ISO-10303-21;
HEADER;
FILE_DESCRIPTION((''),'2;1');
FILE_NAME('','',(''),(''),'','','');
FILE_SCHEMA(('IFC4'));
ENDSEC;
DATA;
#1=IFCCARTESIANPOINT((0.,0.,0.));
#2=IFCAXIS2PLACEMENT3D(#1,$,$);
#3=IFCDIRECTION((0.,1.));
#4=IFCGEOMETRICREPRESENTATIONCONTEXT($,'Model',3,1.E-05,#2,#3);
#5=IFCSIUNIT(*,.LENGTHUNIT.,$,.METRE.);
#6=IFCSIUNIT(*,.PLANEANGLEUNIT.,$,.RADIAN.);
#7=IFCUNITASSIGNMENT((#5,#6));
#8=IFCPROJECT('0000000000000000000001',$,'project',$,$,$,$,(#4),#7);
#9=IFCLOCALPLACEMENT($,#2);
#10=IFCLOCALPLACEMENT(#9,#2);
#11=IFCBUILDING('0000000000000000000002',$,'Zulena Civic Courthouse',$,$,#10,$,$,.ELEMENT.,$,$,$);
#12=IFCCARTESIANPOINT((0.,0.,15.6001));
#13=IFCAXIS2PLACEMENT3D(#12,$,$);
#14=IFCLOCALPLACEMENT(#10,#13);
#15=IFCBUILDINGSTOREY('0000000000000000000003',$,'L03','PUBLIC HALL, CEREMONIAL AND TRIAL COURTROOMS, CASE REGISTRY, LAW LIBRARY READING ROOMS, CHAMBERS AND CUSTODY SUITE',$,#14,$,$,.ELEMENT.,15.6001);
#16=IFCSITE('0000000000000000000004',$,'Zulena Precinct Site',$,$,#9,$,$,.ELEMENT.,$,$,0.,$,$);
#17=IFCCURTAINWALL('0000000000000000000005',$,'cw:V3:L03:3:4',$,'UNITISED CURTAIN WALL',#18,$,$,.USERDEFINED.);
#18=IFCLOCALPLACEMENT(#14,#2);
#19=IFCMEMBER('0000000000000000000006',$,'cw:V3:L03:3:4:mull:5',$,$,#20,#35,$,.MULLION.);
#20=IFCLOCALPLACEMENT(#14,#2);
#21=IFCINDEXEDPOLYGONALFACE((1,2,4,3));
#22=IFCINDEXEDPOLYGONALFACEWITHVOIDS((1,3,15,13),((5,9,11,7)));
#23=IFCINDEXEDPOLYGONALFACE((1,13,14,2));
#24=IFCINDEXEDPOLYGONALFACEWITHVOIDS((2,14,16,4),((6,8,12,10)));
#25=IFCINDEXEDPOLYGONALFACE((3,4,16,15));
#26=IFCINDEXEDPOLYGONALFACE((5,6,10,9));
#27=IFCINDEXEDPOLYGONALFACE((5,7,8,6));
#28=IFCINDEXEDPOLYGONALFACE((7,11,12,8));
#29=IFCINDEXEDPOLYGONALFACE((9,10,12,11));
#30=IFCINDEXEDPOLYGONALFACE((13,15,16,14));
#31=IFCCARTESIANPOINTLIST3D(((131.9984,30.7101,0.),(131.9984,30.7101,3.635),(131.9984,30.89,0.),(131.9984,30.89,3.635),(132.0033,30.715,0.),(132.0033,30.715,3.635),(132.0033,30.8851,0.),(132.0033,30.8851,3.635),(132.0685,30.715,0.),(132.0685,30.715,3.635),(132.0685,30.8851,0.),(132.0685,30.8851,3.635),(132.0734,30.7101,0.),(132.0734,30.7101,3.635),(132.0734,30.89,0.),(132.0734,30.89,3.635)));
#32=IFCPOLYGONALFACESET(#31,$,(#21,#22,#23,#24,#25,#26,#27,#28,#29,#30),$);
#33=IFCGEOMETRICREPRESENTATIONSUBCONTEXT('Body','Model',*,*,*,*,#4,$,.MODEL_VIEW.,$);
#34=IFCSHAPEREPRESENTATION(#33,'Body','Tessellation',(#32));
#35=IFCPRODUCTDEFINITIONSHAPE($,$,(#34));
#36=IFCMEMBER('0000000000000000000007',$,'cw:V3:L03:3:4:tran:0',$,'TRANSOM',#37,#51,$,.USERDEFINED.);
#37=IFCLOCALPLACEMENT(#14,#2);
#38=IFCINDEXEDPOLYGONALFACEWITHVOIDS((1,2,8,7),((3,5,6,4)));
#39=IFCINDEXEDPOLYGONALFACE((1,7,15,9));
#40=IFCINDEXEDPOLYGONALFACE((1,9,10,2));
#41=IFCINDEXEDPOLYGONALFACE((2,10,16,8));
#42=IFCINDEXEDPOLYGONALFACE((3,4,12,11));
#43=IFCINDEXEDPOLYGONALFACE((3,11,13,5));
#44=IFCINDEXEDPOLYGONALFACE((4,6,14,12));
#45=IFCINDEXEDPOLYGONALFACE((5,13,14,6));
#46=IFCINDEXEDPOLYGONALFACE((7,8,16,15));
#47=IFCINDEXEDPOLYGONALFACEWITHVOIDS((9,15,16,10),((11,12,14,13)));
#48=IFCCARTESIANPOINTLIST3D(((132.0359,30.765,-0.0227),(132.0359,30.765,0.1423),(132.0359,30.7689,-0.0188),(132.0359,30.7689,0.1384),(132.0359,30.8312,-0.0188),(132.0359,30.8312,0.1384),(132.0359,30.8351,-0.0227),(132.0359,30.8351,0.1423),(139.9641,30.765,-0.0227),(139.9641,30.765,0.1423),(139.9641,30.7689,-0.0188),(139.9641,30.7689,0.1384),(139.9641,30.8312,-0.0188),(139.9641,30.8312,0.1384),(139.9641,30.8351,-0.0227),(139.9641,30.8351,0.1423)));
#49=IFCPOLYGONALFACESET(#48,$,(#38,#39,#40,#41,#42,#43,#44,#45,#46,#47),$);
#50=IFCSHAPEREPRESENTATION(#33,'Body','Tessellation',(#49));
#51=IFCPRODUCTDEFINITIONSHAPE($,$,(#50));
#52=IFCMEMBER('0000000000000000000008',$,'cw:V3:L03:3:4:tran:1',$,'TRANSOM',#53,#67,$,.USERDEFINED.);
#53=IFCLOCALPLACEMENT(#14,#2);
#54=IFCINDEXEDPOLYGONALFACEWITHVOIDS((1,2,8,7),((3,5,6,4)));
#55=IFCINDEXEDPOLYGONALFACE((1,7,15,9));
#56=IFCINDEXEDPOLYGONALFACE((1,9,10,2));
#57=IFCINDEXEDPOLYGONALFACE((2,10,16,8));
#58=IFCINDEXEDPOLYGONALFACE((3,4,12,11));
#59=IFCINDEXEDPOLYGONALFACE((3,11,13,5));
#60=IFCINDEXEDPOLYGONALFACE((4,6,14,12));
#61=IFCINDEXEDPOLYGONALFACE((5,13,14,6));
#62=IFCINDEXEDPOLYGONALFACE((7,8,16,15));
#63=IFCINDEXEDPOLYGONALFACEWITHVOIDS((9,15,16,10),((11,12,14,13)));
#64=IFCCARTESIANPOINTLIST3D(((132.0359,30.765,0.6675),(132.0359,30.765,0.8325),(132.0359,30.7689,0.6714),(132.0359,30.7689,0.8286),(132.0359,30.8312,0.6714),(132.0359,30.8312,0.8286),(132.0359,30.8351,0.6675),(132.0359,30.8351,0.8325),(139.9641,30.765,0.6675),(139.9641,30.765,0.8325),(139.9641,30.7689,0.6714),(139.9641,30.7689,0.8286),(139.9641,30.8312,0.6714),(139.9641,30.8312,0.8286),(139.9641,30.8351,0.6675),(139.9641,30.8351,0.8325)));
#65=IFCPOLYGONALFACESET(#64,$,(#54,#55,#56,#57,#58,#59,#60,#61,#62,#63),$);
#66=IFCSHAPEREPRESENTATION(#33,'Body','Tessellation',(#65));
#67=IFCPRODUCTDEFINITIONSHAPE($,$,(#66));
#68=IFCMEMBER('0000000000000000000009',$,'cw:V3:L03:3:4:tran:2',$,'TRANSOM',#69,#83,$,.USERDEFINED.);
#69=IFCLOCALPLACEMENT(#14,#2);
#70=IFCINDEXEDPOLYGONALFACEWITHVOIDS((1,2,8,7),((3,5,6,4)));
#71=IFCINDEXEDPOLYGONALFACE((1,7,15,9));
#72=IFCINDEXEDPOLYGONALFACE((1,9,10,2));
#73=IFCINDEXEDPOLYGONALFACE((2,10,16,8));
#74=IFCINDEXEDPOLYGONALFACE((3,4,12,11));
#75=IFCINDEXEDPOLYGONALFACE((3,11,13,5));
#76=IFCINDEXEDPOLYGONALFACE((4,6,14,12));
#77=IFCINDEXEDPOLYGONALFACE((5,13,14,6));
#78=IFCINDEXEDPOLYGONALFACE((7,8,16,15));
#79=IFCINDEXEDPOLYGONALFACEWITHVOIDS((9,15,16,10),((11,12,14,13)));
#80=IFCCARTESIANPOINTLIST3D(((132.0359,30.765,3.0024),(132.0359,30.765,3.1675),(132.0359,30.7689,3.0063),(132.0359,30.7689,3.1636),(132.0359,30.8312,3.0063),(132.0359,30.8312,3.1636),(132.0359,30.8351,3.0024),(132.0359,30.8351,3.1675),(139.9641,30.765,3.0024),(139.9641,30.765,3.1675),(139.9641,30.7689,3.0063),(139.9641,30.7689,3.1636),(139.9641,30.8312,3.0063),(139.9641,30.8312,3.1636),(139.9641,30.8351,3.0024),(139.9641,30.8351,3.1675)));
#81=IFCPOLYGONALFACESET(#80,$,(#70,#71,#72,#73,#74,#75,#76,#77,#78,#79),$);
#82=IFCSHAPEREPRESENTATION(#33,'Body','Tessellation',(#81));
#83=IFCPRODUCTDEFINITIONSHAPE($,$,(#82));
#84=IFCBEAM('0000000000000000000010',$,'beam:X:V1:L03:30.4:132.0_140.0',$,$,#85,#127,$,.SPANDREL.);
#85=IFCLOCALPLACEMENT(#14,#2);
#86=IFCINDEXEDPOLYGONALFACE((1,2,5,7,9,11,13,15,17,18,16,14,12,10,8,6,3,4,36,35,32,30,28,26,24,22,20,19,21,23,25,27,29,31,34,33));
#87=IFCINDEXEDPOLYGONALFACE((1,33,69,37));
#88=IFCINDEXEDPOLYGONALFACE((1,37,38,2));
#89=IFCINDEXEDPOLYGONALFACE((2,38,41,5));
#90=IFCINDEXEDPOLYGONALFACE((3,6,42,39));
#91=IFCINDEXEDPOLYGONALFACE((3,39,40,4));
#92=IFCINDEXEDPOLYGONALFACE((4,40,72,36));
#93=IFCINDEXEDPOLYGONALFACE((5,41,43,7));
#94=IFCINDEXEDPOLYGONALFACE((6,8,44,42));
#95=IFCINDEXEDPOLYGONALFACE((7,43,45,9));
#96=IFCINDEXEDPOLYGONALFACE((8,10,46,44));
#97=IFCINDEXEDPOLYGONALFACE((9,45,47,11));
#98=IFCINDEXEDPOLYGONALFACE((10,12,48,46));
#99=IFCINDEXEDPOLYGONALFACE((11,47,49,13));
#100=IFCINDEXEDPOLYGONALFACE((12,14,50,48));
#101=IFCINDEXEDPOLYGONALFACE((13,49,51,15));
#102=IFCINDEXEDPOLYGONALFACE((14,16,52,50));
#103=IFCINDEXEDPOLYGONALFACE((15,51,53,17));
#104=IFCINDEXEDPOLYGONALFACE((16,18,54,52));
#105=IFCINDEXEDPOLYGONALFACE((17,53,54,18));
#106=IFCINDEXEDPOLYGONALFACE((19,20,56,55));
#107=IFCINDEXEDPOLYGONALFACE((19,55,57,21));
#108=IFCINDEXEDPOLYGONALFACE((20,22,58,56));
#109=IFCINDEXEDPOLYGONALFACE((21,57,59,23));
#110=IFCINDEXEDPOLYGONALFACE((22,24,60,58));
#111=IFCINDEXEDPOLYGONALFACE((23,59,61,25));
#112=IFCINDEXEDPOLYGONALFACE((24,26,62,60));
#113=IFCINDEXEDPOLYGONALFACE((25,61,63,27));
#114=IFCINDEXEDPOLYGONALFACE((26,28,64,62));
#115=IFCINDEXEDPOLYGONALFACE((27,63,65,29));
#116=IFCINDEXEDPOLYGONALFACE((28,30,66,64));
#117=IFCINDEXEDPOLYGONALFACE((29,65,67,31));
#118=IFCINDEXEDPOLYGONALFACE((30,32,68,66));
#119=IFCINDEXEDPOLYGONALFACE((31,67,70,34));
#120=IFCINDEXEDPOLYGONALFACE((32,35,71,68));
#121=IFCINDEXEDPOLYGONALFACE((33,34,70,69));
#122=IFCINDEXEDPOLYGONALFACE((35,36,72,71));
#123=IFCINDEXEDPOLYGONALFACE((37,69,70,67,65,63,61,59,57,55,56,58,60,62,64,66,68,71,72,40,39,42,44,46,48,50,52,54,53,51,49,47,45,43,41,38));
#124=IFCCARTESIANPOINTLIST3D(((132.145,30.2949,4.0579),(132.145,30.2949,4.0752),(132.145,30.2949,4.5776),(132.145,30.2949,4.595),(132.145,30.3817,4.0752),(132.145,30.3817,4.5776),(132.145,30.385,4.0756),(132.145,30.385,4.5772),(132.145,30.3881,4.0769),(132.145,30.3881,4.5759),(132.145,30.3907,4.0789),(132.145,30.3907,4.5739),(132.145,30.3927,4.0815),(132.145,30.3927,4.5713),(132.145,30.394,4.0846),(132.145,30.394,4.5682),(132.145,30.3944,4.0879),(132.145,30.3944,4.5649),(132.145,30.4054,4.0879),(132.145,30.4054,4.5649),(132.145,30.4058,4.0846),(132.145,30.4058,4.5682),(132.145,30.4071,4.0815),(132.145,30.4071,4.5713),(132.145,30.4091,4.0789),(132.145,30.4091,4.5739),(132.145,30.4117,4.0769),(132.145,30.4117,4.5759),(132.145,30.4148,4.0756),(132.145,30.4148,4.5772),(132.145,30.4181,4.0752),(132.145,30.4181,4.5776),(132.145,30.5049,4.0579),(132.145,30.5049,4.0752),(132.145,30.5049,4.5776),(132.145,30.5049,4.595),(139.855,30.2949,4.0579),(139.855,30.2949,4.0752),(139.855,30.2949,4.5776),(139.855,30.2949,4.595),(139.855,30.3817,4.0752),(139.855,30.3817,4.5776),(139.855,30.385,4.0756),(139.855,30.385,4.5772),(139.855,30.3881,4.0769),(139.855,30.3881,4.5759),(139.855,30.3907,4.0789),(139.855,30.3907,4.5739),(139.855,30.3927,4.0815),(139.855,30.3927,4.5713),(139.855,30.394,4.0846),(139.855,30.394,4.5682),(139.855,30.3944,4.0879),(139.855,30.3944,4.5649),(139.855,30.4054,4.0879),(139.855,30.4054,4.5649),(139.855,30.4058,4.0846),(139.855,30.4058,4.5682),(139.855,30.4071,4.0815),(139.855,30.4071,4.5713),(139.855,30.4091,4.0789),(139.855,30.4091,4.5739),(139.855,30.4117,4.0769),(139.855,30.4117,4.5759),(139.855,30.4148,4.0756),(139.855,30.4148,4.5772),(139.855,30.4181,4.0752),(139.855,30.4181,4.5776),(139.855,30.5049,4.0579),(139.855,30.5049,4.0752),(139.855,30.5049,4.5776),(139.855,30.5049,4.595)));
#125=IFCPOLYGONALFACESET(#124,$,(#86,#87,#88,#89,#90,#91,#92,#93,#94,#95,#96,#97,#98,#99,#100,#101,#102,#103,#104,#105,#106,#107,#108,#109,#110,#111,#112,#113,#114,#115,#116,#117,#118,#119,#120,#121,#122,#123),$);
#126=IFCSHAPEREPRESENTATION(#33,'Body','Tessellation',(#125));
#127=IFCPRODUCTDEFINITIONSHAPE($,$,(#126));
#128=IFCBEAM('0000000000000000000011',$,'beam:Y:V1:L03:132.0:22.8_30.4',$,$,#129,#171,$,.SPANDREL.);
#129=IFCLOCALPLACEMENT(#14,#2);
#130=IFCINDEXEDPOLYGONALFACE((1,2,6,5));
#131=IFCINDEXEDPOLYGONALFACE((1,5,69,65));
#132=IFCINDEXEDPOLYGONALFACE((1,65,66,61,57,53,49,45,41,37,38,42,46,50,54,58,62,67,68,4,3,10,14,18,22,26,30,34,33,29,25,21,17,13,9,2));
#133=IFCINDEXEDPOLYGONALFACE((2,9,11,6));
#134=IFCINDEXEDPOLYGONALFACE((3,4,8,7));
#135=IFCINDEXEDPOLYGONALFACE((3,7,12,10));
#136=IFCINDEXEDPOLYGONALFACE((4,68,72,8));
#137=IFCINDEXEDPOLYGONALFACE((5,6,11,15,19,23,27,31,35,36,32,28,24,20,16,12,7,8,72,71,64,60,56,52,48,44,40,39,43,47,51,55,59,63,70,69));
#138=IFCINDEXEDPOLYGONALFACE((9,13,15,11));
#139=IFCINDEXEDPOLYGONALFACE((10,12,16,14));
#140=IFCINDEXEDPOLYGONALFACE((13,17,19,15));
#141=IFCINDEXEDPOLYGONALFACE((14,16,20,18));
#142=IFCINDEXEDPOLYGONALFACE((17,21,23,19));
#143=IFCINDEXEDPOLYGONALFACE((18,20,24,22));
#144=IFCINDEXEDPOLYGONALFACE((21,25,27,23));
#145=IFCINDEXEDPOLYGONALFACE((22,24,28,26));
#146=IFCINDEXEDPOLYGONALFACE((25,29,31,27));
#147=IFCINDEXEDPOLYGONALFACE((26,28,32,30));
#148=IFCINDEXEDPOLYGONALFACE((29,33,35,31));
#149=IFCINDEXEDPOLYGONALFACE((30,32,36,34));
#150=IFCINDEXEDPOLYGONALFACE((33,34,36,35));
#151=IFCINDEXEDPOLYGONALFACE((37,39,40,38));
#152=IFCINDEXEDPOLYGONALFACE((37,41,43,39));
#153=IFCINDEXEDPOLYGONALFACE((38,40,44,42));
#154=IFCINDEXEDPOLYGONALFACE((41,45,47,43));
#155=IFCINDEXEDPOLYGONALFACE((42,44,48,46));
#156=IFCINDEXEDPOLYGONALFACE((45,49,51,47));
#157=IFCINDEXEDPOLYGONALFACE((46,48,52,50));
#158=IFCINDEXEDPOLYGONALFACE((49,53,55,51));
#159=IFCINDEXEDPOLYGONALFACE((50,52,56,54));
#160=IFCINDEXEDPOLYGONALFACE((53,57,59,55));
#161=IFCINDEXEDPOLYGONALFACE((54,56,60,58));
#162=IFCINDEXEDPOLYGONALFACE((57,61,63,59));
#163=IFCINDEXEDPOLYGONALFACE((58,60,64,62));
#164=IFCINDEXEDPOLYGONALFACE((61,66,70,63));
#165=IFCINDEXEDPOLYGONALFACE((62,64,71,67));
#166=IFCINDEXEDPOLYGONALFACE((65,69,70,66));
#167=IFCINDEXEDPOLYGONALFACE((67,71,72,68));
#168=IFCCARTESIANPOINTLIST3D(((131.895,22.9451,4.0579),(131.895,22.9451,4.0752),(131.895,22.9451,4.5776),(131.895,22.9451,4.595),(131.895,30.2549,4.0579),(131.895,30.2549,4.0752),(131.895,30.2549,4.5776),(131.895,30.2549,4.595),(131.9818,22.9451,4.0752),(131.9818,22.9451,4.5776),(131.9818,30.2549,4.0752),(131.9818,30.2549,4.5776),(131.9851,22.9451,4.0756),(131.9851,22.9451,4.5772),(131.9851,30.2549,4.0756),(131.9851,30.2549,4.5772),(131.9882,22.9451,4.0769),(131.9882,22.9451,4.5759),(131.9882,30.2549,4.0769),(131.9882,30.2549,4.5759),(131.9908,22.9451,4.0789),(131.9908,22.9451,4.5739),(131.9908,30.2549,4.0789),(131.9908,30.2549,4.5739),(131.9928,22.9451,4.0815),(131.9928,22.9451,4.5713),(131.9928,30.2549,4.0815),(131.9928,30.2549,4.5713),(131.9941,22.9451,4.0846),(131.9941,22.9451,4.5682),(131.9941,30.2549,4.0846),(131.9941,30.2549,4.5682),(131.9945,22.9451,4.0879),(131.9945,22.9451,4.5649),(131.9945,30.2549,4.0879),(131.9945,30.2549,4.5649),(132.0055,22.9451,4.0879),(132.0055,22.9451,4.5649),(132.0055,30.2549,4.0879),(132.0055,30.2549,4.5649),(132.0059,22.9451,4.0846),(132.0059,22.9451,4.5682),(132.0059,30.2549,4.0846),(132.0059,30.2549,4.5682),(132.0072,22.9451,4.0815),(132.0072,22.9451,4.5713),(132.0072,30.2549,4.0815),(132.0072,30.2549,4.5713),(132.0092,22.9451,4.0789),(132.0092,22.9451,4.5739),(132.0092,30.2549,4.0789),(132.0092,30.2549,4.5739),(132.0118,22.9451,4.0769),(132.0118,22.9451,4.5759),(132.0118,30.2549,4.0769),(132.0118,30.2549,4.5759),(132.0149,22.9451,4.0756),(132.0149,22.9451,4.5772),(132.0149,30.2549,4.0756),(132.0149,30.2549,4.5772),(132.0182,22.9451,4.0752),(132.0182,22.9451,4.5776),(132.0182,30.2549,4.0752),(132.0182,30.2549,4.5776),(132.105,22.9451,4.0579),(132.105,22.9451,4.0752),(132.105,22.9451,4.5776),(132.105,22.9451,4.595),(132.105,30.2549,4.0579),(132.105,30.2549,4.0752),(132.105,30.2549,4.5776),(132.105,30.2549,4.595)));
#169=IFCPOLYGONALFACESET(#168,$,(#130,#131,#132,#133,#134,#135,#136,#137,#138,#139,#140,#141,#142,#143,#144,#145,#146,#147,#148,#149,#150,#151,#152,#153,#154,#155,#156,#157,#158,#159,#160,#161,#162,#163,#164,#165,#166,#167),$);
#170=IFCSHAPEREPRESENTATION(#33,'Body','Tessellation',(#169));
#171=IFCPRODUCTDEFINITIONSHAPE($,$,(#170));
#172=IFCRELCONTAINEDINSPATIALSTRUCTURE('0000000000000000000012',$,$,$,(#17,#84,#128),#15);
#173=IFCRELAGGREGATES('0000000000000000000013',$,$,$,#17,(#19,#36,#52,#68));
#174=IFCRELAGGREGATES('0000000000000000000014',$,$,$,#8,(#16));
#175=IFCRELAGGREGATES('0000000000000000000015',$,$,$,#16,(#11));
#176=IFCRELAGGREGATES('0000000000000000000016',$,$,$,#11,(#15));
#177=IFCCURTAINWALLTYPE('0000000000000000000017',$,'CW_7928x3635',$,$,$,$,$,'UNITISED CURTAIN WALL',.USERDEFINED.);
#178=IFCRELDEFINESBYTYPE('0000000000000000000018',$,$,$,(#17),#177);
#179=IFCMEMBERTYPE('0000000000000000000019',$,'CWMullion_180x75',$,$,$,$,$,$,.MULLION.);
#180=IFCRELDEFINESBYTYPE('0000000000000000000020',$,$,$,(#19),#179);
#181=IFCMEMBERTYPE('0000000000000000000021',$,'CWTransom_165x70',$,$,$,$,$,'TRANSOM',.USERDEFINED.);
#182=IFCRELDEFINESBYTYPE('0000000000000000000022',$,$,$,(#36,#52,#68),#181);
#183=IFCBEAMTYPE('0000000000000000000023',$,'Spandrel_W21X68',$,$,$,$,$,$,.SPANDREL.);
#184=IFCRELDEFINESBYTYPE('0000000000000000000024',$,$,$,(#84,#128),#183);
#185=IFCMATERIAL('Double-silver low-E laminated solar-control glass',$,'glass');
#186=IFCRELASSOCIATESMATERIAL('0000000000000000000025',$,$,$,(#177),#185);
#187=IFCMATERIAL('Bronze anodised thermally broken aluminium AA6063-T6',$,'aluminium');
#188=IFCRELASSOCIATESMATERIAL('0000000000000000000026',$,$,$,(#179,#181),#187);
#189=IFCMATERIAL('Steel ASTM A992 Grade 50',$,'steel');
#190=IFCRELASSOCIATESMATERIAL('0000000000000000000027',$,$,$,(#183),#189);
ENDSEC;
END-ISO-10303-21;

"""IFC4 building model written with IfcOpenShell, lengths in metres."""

from ifc_helpers import new_model, si_unit, direction, frame, origin, origin_2d, place, context, subcontext, project, spatial, hollow_rectangle, i_section, extrude, material, material_profile, profile_set, type_object, element, aggregate, save


model = new_model("IFC4")

# Units and contexts
model_context = context("Model", 3, precision=1e-05, world=origin(), true_north=direction((0.0, 1.0)))
body_context = subcontext(model_context, "Body", "Model", "MODEL_VIEW")
ifc_project = project(units=[si_unit("LENGTHUNIT", "METRE"), si_unit("PLANEANGLEUNIT", "RADIAN")], contexts=[model_context])

# Site, building, storey
site_placement = place(None, origin())
site = spatial("IfcSite", under=ifc_project, at=site_placement, Name="Zulena Precinct Site", CompositionType="ELEMENT", RefElevation=0.0)
building_placement = place(site_placement, origin())
building = spatial("IfcBuilding", under=site, at=building_placement, Name="Zulena Civic Courthouse", CompositionType="ELEMENT")
storey_placement = place(building_placement, frame((0.0, 0.0, 15.6001)))
storey = spatial("IfcBuildingStorey", under=building, at=storey_placement, Name="L03", Description="PUBLIC HALL, CEREMONIAL AND TRIAL COURTROOMS, CASE REGISTRY, LAW LIBRARY READING ROOMS, CHAMBERS AND CUSTODY SUITE", CompositionType="ELEMENT", Elevation=15.6001)

# Shared definitions
ifc_material_1 = material(Name="Steel ASTM A992 Grade 50", Category="steel")

# Curtain wall, members
ifc_material_2 = material(Name="Double-silver low-E laminated solar-control glass", Category="glass")
curtain_wall_type = type_object("IfcCurtainWallType", Name="CW_7928x3635", ElementType="UNITISED CURTAIN WALL", PredefinedType="USERDEFINED", material=ifc_material_2)
curtain_wall_placement = place(storey_placement, origin())
curtain_wall = element("IfcCurtainWall", 1, at=curtain_wall_placement, inside=storey, type_object=curtain_wall_type, Name="cw:V3:L03:3:4", ObjectType="UNITISED CURTAIN WALL", PredefinedType="USERDEFINED")
ifc_material_3 = material(Name="Bronze anodised thermally broken aluminium AA6063-T6", Category="aluminium")
ifc_material_profile_1 = material_profile(ifc_material_3, hollow_rectangle(XDim=0.075, YDim=0.1799, WallThickness=0.0049, at=origin_2d()), Name="CWM180X75X5")
ifc_profile_set_1 = profile_set([ifc_material_profile_1], Name="Bronze anodised thermally broken aluminium AA6063-T6")
member_type_1 = type_object("IfcMemberType", Name="CWMullion_180x75", PredefinedType="MULLION", material=ifc_profile_set_1)
member_1_placement = place(storey_placement, frame((132.0359, 30.8, 0.0), z_axis=(0.0, 0.0, 1.0), x_axis=(1.0, 0.0, 0.0)))
member_1 = element("IfcMember", 2, at=member_1_placement, type_object=member_type_1, Name="cw:V3:L03:3:4:mull:5", PredefinedType="MULLION", context=body_context, shape_type="SweptSolid", body=[
    extrude(hollow_rectangle(XDim=0.075, YDim=0.1799, WallThickness=0.0049, at=origin_2d()), origin(), (0.0, 0.0, 1.0), 3.635),
])
ifc_material_profile_2 = material_profile(ifc_material_3, hollow_rectangle(XDim=0.0701, YDim=0.165, WallThickness=0.0039, at=origin_2d()), Name="CWT165X70X4")
ifc_profile_set_2 = profile_set([ifc_material_profile_2], Name="Bronze anodised thermally broken aluminium AA6063-T6")
member_type_2 = type_object("IfcMemberType", Name="CWTransom_165x70", ElementType="TRANSOM", PredefinedType="USERDEFINED", material=ifc_profile_set_2)
member_2_placement = place(storey_placement, frame((139.9641, 30.8, 0.0598), z_axis=(-1.0, 0.0, 0.0), x_axis=(0.0, -1.0, 0.0)))
member_2 = element("IfcMember", 3, at=member_2_placement, type_object=member_type_2, Name="cw:V3:L03:3:4:tran:0", ObjectType="TRANSOM", PredefinedType="USERDEFINED", context=body_context, shape_type="SweptSolid", body=[
    extrude(hollow_rectangle(XDim=0.0701, YDim=0.165, WallThickness=0.0039, at=origin_2d()), origin(), (0.0, 0.0, 1.0), 7.9282),
])
member_3_placement = place(storey_placement, frame((139.9641, 30.8, 0.75), z_axis=(-1.0, 0.0, 0.0), x_axis=(0.0, -1.0, 0.0)))
member_3 = element("IfcMember", 4, at=member_3_placement, type_object=member_type_2, Name="cw:V3:L03:3:4:tran:1", ObjectType="TRANSOM", PredefinedType="USERDEFINED", context=body_context, shape_type="SweptSolid", body=[
    extrude(hollow_rectangle(XDim=0.0701, YDim=0.165, WallThickness=0.0039, at=origin_2d()), origin(), (0.0, 0.0, 1.0), 7.9282),
])
member_4_placement = place(storey_placement, frame((139.9641, 30.8, 3.085), z_axis=(-1.0, 0.0, 0.0), x_axis=(0.0, -1.0, 0.0)))
member_4 = element("IfcMember", 5, at=member_4_placement, type_object=member_type_2, Name="cw:V3:L03:3:4:tran:2", ObjectType="TRANSOM", PredefinedType="USERDEFINED", context=body_context, shape_type="SweptSolid", body=[
    extrude(hollow_rectangle(XDim=0.0701, YDim=0.165, WallThickness=0.0039, at=origin_2d()), origin(), (0.0, 0.0, 1.0), 7.9282),
])

# Beams
ifc_material_profile_3 = material_profile(ifc_material_1, i_section(OverallWidth=0.21, OverallDepth=0.5371, WebThickness=0.011, FlangeThickness=0.0173, FilletRadius=0.0127, at=origin_2d()), Name="W21X68")
ifc_profile_set_3 = profile_set([ifc_material_profile_3], Name="Steel ASTM A992 Grade 50")
beam_type = type_object("IfcBeamType", Name="Spandrel_W21X68", PredefinedType="SPANDREL", material=ifc_profile_set_3)
beam_1_placement = place(storey_placement, frame((132.145, 30.3999, 4.3264), z_axis=(1.0, 0.0, 0.0), x_axis=(0.0, 1.0, 0.0)))
element("IfcBeam", 6, at=beam_1_placement, inside=storey, type_object=beam_type, Name="beam:X:V1:L03:30.4:132.0_140.0", PredefinedType="SPANDREL", context=body_context, shape_type="SweptSolid", body=[
    extrude(i_section(OverallWidth=0.21, OverallDepth=0.5371, WebThickness=0.011, FlangeThickness=0.0173, FilletRadius=0.0127, at=origin_2d()), origin(), (0.0, 0.0, 1.0), 7.71),
])
beam_2_placement = place(storey_placement, frame((132.0, 22.9451, 4.3264), z_axis=(0.0, 1.0, 0.0), x_axis=(-1.0, 0.0, 0.0)))
element("IfcBeam", 7, at=beam_2_placement, inside=storey, type_object=beam_type, Name="beam:Y:V1:L03:132.0:22.8_30.4", PredefinedType="SPANDREL", context=body_context, shape_type="SweptSolid", body=[
    extrude(i_section(OverallWidth=0.21, OverallDepth=0.5371, WebThickness=0.011, FlangeThickness=0.0173, FilletRadius=0.0127, at=origin_2d()), origin(), (0.0, 0.0, 1.0), 7.3098),
])

aggregate(curtain_wall, [member_1, member_2, member_3, member_4])

save(model, "model.ifc")
